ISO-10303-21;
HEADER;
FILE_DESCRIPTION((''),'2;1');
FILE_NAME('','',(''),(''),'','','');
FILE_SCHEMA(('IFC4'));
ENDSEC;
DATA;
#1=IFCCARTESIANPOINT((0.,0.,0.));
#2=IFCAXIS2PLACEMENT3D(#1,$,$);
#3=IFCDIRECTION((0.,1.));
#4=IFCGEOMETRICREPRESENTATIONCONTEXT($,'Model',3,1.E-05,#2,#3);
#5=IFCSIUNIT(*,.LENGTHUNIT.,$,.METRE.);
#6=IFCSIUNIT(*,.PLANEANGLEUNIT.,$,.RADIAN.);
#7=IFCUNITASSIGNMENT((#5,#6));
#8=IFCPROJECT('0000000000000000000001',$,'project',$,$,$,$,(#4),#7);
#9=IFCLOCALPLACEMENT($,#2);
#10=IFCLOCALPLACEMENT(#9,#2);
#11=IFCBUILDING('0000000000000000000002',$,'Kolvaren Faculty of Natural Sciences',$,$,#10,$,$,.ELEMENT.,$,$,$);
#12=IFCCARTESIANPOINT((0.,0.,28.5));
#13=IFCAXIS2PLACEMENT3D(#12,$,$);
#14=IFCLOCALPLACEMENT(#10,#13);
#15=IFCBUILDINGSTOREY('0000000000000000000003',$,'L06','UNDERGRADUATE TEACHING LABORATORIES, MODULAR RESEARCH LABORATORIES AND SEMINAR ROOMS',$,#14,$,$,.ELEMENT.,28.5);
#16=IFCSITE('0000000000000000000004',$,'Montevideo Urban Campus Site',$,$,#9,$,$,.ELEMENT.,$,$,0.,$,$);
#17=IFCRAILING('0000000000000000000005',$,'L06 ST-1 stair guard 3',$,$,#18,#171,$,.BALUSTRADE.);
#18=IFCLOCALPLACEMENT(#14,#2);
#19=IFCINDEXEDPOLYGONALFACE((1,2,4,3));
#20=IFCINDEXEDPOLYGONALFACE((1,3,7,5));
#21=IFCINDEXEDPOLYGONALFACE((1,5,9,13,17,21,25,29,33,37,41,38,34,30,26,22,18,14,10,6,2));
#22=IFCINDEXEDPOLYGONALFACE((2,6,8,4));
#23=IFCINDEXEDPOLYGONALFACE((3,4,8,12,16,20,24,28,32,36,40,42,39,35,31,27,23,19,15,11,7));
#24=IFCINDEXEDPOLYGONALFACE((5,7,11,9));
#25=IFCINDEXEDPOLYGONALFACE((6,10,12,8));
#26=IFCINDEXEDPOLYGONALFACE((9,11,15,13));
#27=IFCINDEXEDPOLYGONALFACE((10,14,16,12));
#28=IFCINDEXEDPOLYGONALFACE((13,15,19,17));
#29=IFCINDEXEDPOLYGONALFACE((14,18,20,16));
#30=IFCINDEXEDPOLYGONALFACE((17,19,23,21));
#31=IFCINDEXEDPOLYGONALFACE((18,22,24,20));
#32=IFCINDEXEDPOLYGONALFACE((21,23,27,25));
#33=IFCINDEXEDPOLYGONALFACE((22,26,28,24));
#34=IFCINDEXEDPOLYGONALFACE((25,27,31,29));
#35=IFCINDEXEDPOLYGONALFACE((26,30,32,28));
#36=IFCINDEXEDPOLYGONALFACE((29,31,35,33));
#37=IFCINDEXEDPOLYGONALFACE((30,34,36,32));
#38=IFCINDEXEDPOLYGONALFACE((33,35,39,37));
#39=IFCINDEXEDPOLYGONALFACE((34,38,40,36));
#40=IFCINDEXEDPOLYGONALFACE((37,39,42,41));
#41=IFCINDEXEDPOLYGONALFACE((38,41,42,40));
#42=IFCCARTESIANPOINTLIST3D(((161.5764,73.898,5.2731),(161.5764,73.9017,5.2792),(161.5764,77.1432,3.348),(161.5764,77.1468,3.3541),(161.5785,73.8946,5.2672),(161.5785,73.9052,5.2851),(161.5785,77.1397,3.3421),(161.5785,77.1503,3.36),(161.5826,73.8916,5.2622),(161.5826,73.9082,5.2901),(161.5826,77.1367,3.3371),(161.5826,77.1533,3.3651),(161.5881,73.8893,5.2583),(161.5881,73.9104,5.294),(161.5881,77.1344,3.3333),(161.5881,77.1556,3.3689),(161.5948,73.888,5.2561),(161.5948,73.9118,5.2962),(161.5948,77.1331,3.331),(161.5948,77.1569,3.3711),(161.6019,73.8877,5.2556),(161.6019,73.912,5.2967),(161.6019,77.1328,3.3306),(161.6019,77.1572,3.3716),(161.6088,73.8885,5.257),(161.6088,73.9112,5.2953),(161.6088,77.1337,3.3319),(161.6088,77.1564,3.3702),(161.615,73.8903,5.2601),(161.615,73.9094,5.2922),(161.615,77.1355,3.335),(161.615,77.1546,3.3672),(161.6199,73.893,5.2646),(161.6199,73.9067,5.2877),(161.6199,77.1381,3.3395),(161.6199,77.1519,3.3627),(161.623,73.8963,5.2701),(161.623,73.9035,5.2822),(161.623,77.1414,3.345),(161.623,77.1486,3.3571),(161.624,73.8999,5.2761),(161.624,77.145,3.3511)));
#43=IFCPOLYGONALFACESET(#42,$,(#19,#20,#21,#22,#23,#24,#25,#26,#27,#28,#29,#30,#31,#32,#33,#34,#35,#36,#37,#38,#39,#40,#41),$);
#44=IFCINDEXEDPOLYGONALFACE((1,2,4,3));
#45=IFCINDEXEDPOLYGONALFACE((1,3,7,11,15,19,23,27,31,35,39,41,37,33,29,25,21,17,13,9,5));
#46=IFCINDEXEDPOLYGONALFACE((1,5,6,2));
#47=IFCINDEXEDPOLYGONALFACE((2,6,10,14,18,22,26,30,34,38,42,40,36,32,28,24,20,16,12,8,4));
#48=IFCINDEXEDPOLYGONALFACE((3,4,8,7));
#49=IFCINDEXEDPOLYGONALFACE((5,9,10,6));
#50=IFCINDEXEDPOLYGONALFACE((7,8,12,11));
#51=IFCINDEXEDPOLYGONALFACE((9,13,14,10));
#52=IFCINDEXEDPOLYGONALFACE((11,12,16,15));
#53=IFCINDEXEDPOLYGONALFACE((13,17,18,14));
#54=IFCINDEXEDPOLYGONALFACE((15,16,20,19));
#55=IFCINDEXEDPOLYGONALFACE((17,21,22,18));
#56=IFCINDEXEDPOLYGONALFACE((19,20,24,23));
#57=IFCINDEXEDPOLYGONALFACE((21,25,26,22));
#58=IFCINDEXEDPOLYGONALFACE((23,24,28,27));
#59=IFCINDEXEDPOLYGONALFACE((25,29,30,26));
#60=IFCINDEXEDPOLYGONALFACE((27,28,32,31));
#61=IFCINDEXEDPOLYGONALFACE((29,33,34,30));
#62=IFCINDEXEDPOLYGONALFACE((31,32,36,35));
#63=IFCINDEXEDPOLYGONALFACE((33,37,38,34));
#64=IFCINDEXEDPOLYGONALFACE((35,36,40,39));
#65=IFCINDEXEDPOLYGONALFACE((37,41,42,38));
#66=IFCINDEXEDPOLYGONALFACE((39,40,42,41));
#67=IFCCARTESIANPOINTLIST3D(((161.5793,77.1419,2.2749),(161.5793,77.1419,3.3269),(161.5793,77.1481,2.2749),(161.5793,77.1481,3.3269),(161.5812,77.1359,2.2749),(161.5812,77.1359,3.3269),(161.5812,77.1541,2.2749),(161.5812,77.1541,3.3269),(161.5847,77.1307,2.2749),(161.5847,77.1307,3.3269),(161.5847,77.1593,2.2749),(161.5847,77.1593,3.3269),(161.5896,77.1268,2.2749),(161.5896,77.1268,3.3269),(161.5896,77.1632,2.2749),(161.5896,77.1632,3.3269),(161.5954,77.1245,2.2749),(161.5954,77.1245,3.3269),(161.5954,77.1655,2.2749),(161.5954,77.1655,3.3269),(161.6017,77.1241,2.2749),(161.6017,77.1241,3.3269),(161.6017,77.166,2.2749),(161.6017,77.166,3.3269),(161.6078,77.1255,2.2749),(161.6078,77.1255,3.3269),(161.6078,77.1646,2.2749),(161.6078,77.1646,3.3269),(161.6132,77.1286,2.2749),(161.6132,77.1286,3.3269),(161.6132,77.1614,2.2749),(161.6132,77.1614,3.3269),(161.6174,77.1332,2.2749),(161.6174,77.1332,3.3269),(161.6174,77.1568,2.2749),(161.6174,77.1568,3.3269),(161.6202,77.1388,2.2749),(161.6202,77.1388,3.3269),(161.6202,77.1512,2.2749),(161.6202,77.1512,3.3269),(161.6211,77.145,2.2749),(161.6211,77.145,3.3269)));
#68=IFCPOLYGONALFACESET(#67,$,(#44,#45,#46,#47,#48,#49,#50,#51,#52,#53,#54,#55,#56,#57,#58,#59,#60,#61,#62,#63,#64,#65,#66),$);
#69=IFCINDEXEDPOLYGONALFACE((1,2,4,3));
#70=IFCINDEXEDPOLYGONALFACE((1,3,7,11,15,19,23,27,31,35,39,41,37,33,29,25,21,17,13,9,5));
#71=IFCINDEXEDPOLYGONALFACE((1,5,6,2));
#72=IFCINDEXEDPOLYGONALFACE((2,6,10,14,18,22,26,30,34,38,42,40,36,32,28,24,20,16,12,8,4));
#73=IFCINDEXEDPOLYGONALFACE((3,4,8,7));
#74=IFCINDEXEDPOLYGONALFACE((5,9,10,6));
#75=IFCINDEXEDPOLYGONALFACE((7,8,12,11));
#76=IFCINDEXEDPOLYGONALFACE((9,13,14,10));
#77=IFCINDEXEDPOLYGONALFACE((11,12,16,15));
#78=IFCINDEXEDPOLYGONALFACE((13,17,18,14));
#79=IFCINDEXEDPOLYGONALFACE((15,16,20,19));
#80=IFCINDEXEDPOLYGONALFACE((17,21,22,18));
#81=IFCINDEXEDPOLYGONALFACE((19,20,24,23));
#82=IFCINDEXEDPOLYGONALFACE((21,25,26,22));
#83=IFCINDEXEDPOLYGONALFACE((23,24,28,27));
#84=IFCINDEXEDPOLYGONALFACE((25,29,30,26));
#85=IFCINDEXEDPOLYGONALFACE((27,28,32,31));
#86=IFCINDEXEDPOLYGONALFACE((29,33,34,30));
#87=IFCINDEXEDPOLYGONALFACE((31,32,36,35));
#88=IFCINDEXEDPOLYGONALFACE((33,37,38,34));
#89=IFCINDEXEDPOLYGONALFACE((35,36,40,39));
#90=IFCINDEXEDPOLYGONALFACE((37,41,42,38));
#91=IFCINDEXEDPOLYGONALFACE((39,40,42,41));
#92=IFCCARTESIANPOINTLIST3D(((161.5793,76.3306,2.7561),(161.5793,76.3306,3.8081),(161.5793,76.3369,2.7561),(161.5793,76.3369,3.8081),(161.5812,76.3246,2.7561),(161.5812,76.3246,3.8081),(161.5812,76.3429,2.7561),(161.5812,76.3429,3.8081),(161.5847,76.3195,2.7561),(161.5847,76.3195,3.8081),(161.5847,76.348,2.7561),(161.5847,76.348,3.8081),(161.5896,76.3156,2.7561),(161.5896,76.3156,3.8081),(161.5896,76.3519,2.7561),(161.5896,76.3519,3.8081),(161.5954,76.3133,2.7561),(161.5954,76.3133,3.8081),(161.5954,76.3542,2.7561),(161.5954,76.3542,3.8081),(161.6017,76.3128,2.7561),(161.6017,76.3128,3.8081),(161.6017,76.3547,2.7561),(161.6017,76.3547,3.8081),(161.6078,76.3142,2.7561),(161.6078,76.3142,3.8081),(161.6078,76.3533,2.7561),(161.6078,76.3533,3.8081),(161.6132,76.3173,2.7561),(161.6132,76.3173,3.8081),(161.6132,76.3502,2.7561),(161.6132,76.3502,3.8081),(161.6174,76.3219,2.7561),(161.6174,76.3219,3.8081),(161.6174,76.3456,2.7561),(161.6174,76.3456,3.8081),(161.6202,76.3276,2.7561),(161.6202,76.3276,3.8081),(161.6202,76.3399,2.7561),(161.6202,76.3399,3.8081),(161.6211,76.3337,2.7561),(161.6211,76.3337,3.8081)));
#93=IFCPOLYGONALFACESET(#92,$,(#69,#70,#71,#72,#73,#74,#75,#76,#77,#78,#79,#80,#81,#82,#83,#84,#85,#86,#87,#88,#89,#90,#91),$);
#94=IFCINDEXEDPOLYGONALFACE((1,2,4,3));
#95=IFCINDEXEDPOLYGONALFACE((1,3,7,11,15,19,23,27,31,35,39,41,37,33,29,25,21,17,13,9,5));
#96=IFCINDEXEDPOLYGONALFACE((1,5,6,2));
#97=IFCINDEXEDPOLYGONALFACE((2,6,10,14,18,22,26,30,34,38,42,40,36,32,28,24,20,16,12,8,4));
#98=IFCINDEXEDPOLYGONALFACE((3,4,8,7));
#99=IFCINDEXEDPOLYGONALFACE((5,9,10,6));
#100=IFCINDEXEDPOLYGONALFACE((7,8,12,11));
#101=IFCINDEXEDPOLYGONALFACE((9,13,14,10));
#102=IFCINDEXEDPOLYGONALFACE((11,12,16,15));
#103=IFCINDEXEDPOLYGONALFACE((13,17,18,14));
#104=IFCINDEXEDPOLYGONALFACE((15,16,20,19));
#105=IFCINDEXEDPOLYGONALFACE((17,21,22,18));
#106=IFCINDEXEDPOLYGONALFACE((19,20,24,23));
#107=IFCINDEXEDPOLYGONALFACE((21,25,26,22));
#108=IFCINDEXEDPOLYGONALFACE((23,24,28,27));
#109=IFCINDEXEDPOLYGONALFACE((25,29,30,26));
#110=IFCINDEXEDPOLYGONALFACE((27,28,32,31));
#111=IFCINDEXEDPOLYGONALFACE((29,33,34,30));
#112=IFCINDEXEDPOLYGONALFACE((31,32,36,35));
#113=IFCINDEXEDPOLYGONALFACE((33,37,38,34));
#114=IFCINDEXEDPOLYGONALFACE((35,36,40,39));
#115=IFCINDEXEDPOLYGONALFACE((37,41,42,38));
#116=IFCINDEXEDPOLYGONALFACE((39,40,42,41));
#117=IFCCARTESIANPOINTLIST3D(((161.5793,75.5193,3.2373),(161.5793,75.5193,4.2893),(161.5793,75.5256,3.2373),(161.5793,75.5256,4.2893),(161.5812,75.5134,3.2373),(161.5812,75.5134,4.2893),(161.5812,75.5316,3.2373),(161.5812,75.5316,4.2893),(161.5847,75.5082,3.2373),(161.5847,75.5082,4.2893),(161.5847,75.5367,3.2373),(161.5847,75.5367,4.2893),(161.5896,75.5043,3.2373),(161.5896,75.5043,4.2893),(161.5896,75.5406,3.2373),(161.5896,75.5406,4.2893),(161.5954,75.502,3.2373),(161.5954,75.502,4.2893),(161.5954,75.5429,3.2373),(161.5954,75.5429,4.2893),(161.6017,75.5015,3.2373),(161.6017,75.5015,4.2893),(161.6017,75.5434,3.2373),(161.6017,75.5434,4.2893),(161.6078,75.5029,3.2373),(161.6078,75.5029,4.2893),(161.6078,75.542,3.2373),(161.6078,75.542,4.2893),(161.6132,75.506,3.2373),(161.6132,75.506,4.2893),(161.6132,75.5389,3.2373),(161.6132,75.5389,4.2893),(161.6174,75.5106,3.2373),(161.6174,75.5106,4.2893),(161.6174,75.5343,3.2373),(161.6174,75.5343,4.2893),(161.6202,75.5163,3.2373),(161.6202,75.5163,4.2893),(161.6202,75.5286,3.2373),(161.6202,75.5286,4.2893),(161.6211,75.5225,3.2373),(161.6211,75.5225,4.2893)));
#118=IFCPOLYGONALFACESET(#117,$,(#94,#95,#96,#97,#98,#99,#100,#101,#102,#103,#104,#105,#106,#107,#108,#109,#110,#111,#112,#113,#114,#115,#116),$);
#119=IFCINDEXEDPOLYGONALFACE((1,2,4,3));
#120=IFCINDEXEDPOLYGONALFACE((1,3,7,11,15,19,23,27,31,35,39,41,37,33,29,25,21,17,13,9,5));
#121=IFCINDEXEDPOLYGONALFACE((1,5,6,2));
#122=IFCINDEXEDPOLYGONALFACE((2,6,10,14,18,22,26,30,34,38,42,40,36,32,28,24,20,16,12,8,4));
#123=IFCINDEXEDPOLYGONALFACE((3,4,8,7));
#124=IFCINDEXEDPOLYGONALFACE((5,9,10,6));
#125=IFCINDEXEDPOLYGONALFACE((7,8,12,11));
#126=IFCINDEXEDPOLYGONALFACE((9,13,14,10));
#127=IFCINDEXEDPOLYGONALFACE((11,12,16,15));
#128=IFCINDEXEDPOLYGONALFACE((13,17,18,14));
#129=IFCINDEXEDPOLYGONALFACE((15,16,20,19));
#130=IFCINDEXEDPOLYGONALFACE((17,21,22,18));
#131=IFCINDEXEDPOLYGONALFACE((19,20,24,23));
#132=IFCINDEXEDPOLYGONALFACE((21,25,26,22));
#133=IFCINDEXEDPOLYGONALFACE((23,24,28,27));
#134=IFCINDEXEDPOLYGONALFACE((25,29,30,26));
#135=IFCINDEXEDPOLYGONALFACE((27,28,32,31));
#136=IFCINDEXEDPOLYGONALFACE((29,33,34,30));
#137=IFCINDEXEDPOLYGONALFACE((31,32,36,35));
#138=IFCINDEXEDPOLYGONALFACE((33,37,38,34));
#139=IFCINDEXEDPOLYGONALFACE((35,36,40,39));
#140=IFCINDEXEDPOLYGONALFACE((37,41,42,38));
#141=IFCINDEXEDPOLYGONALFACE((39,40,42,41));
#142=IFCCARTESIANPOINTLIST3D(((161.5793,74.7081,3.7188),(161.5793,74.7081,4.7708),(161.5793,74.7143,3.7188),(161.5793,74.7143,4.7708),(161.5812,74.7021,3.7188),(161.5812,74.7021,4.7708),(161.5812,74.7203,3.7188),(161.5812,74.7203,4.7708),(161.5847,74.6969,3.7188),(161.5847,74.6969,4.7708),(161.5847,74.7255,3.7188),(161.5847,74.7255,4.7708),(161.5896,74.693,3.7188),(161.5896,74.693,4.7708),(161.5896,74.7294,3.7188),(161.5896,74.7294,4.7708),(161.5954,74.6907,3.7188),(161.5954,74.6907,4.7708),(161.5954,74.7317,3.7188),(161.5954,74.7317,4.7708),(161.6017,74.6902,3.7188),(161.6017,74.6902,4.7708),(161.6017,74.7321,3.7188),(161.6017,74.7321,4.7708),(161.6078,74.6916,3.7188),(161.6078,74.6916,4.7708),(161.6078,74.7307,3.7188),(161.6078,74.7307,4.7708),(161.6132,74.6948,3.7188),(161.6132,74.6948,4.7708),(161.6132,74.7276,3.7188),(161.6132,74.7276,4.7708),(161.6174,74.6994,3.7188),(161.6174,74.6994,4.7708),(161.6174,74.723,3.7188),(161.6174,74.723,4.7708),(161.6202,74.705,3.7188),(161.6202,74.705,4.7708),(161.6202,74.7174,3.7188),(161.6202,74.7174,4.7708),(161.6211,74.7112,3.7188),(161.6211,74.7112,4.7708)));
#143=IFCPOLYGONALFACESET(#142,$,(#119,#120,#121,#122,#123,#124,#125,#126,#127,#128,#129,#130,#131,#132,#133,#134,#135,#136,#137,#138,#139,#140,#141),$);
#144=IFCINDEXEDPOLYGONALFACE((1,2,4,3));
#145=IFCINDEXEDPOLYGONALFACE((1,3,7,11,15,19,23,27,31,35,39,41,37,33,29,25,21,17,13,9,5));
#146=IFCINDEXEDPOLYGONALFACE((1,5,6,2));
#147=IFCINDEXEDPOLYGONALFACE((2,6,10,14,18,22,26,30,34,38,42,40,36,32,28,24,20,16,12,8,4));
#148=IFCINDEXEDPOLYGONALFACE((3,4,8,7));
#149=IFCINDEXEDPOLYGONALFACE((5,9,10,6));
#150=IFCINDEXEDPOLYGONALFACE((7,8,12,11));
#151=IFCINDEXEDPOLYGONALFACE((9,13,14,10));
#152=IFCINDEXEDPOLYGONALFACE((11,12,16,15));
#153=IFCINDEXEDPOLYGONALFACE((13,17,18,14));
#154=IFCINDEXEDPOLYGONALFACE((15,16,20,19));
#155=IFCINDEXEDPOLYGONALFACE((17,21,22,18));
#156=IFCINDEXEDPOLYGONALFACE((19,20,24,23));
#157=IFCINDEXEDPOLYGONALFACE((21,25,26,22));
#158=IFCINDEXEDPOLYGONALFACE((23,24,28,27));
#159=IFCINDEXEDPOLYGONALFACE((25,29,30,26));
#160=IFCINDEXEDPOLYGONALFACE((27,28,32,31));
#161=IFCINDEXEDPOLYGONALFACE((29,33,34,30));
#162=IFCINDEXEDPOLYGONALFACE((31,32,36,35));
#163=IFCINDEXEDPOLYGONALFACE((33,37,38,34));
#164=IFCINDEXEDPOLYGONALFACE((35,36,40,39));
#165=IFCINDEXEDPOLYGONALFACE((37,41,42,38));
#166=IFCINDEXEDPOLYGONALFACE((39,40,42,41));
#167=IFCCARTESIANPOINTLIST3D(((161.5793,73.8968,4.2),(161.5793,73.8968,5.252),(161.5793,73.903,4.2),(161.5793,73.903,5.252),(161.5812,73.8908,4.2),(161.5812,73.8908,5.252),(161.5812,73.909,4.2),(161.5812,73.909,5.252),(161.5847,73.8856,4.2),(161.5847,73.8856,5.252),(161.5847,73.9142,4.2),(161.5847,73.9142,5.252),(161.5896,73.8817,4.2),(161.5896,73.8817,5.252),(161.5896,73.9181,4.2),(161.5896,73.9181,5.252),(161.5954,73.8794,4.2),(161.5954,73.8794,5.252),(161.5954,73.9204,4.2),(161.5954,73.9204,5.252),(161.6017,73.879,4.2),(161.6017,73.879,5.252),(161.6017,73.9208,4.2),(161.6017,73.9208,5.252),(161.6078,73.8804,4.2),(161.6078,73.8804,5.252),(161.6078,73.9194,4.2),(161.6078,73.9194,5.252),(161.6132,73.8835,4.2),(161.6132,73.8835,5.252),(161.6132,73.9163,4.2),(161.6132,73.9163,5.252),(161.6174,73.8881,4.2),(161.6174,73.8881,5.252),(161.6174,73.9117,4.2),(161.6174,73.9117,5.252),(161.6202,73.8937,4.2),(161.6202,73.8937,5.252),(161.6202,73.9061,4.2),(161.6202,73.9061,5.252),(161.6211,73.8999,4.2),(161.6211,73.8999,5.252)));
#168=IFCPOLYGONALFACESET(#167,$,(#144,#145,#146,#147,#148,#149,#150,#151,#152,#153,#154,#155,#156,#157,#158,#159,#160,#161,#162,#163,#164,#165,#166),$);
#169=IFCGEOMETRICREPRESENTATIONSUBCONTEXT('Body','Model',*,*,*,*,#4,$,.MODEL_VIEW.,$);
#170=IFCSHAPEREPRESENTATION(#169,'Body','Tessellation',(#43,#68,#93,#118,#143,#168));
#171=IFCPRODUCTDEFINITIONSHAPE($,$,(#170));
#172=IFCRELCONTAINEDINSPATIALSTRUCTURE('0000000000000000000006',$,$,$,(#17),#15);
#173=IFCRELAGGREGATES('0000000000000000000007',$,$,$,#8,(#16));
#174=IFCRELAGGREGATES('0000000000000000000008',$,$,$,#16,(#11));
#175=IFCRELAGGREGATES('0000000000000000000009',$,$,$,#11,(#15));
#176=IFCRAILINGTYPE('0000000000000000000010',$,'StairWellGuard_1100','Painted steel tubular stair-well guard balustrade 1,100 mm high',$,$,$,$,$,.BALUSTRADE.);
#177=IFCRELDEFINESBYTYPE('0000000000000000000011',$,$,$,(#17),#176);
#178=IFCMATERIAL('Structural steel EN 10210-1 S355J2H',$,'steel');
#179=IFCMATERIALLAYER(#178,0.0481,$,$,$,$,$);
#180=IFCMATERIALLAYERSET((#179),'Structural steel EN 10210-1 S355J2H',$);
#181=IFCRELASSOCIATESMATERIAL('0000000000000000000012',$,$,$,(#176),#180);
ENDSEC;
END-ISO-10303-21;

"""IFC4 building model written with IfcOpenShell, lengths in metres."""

from ifc_helpers import new_model, si_unit, direction, frame, origin, origin_2d, place, context, subcontext, project, spatial, circle, extrude, material, layer, layer_set, type_object, element, save


model = new_model("IFC4")

# Units and contexts
model_context = context("Model", 3, precision=1e-05, world=origin(), true_north=direction((0.0, 1.0)))
body_context = subcontext(model_context, "Body", "Model", "MODEL_VIEW")
ifc_project = project(units=[si_unit("LENGTHUNIT", "METRE"), si_unit("PLANEANGLEUNIT", "RADIAN")], contexts=[model_context])

# Site, building, storey
site_placement = place(None, origin())
site = spatial("IfcSite", under=ifc_project, at=site_placement, Name="Montevideo Urban Campus Site", CompositionType="ELEMENT", RefElevation=0.0)
building_placement = place(site_placement, origin())
building = spatial("IfcBuilding", under=site, at=building_placement, Name="Kolvaren Faculty of Natural Sciences", CompositionType="ELEMENT")
storey_placement = place(building_placement, frame((0.0, 0.0, 28.5)))
storey = spatial("IfcBuildingStorey", under=building, at=storey_placement, Name="L06", Description="UNDERGRADUATE TEACHING LABORATORIES, MODULAR RESEARCH LABORATORIES AND SEMINAR ROOMS", CompositionType="ELEMENT", Elevation=28.5)

# Railing
ifc_material_1 = material(Name="Structural steel EN 10210-1 S355J2H", Category="steel")
ifc_layer_1 = layer(ifc_material_1, 0.0481)
ifc_layer_set_1 = layer_set([ifc_layer_1], Name="Structural steel EN 10210-1 S355J2H")
railing_type_1 = type_object("IfcRailingType", Name="StairWellGuard_1100", Description="Painted steel tubular stair-well guard balustrade 1,100 mm high", PredefinedType="BALUSTRADE", material=ifc_layer_set_1)
railing_1_placement = place(storey_placement, frame((161.6001, 77.145, 2.2749)))
element("IfcRailing", 1, at=railing_1_placement, inside=storey, type_object=railing_type_1, Name="L06 ST-1 stair guard 3", PredefinedType="BALUSTRADE", context=body_context, shape_type="SweptSolid", body=[
    extrude(circle(Radius=0.0239, at=origin_2d()), frame((0.0, 0.0, 1.0762), z_axis=(0.0, -0.860057, 0.510198), x_axis=(1.0, 0.0, 0.0)), (0.0, 0.0, 1.0), 3.7732),
    extrude(circle(Radius=0.021, at=origin_2d()), origin(), (0.0, 0.0, 1.0), 1.052),
    extrude(circle(Radius=0.021, at=origin_2d()), frame((0.0, -0.8113, 0.4812)), (0.0, 0.0, 1.0), 1.052),
    extrude(circle(Radius=0.021, at=origin_2d()), frame((0.0, -1.6226, 0.9624)), (0.0, 0.0, 1.0), 1.052),
    extrude(circle(Radius=0.021, at=origin_2d()), frame((0.0, -2.4338, 1.4438)), (0.0, 0.0, 1.0), 1.052),
    extrude(circle(Radius=0.021, at=origin_2d()), frame((0.0, -3.2451, 1.925)), (0.0, 0.0, 1.0), 1.052),
])

save(model, "model.ifc")
